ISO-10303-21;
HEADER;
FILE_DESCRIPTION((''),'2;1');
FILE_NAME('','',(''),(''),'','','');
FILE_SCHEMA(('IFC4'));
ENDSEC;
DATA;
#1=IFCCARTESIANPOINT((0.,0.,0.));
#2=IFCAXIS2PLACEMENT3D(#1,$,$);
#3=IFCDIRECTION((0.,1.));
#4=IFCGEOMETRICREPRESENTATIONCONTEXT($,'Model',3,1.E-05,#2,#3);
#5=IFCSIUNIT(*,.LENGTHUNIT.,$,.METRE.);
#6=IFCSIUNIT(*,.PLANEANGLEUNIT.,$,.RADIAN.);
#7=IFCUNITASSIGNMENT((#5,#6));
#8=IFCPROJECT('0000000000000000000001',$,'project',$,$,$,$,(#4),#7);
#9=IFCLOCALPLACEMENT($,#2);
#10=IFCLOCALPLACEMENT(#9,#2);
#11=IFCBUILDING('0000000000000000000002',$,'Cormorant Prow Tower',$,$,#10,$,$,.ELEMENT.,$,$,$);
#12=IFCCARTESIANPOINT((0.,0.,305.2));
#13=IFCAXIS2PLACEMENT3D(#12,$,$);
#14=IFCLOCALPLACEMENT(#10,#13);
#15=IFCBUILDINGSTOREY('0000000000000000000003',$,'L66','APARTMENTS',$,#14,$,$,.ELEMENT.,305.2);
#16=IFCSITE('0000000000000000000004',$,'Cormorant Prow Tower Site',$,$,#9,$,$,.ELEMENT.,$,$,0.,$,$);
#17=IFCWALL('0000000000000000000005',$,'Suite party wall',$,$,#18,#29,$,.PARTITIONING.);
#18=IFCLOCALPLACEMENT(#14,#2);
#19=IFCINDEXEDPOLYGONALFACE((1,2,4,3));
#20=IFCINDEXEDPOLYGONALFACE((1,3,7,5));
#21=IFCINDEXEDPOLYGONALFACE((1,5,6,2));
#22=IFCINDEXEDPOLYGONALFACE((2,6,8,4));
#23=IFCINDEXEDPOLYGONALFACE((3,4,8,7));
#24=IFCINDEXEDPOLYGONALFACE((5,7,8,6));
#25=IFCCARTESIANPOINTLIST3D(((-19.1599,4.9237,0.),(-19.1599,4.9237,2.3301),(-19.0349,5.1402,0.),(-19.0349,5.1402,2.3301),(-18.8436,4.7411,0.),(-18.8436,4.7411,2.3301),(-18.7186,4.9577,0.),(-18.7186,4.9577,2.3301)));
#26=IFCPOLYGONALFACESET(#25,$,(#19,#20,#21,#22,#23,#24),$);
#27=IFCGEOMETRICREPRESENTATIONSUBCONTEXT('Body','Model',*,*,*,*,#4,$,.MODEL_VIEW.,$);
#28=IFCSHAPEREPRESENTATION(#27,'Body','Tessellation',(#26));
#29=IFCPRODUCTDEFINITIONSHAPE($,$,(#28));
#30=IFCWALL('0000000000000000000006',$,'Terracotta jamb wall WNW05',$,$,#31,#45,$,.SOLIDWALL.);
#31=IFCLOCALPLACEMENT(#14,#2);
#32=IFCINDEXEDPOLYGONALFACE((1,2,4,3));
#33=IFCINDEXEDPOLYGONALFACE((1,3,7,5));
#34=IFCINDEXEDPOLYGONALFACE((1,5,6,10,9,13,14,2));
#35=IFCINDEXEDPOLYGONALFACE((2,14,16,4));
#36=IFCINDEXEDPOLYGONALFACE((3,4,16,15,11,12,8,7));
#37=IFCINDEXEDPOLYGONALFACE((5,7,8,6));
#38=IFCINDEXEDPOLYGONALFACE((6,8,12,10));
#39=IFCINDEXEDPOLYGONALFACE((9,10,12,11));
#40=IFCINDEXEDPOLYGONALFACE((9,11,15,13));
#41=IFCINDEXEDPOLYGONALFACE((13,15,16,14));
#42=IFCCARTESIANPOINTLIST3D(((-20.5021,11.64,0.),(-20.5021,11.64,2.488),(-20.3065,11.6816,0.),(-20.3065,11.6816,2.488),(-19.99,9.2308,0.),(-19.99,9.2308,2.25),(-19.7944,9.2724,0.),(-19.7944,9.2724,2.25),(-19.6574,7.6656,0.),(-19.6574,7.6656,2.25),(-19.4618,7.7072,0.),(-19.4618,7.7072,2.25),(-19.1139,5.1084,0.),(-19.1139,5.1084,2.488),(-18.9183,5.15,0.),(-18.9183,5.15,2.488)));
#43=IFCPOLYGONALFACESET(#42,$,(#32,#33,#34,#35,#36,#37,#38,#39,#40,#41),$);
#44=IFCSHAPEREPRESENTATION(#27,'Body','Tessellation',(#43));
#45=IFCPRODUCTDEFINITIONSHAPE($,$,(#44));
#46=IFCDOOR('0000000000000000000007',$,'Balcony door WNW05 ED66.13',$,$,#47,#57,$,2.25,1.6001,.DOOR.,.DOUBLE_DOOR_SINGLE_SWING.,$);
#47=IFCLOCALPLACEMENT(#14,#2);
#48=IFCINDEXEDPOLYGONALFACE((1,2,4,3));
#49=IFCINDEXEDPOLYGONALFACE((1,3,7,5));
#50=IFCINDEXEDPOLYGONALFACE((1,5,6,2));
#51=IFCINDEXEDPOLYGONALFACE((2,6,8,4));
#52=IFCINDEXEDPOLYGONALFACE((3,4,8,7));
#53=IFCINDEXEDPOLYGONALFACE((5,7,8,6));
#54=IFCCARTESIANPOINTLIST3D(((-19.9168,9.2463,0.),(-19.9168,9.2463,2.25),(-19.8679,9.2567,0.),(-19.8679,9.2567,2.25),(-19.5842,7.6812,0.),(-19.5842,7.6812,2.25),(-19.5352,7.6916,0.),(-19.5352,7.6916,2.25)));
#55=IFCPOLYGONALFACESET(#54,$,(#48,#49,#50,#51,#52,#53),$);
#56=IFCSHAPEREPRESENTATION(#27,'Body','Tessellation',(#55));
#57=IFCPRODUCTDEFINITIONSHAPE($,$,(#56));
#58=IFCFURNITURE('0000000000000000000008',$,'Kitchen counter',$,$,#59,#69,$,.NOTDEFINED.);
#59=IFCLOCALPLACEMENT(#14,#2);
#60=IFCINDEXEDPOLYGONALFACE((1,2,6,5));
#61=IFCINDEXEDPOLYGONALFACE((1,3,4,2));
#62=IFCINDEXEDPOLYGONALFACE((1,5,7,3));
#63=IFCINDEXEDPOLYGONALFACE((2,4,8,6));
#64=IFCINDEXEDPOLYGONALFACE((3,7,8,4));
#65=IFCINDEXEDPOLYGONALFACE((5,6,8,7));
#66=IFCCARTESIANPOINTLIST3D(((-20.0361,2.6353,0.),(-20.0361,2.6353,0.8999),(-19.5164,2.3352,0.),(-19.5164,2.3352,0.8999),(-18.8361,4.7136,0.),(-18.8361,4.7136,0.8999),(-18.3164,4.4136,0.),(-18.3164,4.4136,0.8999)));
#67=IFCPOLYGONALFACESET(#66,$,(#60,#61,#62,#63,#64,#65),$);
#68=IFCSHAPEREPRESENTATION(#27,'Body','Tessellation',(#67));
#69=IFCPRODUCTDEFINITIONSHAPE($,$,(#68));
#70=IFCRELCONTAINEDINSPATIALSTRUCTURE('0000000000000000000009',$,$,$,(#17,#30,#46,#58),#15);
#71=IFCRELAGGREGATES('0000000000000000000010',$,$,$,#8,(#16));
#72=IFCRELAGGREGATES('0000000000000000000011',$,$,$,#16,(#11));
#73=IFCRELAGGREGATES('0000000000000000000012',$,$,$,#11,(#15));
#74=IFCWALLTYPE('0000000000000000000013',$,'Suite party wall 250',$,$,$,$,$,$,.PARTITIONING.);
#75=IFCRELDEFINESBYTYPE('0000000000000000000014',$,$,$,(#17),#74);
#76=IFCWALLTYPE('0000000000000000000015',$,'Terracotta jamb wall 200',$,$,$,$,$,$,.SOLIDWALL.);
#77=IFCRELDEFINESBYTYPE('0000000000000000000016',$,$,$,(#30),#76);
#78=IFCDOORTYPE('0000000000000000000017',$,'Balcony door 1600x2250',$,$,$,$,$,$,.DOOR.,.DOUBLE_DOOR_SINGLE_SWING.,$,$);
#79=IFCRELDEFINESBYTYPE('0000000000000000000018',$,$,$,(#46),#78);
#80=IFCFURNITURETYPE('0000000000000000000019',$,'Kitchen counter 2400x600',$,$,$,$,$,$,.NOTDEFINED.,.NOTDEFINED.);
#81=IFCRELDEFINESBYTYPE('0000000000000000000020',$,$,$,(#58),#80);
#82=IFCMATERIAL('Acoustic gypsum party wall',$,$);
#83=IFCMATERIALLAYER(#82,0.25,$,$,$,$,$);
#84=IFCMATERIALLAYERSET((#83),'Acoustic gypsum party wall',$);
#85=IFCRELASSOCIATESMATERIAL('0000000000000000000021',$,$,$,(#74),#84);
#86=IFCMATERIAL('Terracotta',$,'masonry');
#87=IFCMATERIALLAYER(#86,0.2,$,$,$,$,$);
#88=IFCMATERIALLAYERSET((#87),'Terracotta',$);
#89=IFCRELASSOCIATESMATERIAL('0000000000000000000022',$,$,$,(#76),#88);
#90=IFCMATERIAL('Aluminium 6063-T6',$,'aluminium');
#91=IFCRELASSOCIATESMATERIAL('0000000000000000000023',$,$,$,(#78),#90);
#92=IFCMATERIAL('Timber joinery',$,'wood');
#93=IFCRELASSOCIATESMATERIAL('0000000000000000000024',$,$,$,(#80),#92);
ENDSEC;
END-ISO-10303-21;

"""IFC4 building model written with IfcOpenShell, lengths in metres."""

from ifc_helpers import new_model, si_unit, direction, frame, frame_2d, origin, origin_2d, place, context, subcontext, project, spatial, rectangle, extrude, material, layer, layer_set, type_object, element, fill, save


model = new_model("IFC4")

# Units and contexts
model_context = context("Model", 3, precision=1e-05, world=origin(), true_north=direction((0.0, 1.0)))
body_context = subcontext(model_context, "Body", "Model", "MODEL_VIEW")
ifc_project = project(units=[si_unit("LENGTHUNIT", "METRE"), si_unit("PLANEANGLEUNIT", "RADIAN")], contexts=[model_context])

# Site, building, storey
site_placement = place(None, origin())
site = spatial("IfcSite", under=ifc_project, at=site_placement, Name="Cormorant Prow Tower Site", CompositionType="ELEMENT", RefElevation=0.0)
building_placement = place(site_placement, origin())
building = spatial("IfcBuilding", under=site, at=building_placement, Name="Cormorant Prow Tower", CompositionType="ELEMENT")
storey_placement = place(building_placement, frame((0.0, 0.0, 305.2)))
storey = spatial("IfcBuildingStorey", under=building, at=storey_placement, Name="L66", Description="APARTMENTS", CompositionType="ELEMENT", Elevation=305.2)

# Wall
ifc_material_1 = material(Name="Acoustic gypsum party wall")
ifc_layer_1 = layer(ifc_material_1, 0.25)
ifc_layer_set_1 = layer_set([ifc_layer_1], Name="Acoustic gypsum party wall")
wall_type_1 = type_object("IfcWallType", Name="Suite party wall 250", PredefinedType="PARTITIONING", material=ifc_layer_set_1)
wall_1_placement = place(storey_placement, frame((-19.0974, 5.032, 0.0), z_axis=(0.0, 0.0, 1.0), x_axis=(0.866097, -0.499877, 0.0)))
element("IfcWall", 1, at=wall_1_placement, inside=storey, type_object=wall_type_1, Name="Suite party wall", PredefinedType="PARTITIONING", context=body_context, shape_type="SweptSolid", body=[
    extrude(rectangle(XDim=0.3652, YDim=0.25, at=frame_2d((0.1826, 0.0))), origin(), (0.0, 0.0, 1.0), 2.3301),
])

# Wall, opening, door
ifc_material_2 = material(Name="Terracotta", Category="masonry")
ifc_layer_2 = layer(ifc_material_2, 0.2)
ifc_layer_set_2 = layer_set([ifc_layer_2], Name="Terracotta")
wall_type_2 = type_object("IfcWallType", Name="Terracotta jamb wall 200", PredefinedType="SOLIDWALL", material=ifc_layer_set_2)
wall_2_placement = place(storey_placement, frame((-20.4043, 11.6609, 0.0), z_axis=(0.0, 0.0, 1.0), x_axis=(0.207893, -0.978152, 0.0)))
wall_2 = element("IfcWall", 2, at=wall_2_placement, inside=storey, type_object=wall_type_2, Name="Terracotta jamb wall WNW05", PredefinedType="SOLIDWALL", context=body_context, shape_type="SweptSolid", body=[
    extrude(rectangle(XDim=6.6775, YDim=0.2, at=frame_2d((3.3389, 0.0))), origin(), (0.0, 0.0, 1.0), 2.488),
])
opening_1_placement = place(wall_2_placement, frame((2.4631, 0.0, 0.0)))
opening_1 = element("IfcOpeningElement", 3, at=opening_1_placement, cuts=wall_2, PredefinedType="OPENING", context=body_context, shape_type="SweptSolid", body=[
    extrude(rectangle(XDim=1.6001, YDim=2.25, at=frame_2d((0.8, 1.125))), frame((0.0, 0.1099, 0.0), z_axis=(0.0, -1.0, 0.0), x_axis=(1.0, 0.0, 0.0)), (0.0, 0.0, 1.0), 0.22),
])
ifc_material_3 = material(Name="Aluminium 6063-T6", Category="aluminium")
door_type_1 = type_object("IfcDoorType", Name="Balcony door 1600x2250", OperationType="DOUBLE_DOOR_SINGLE_SWING", PredefinedType="DOOR", material=ifc_material_3)
door_1_placement = place(opening_1_placement, origin())
door_1 = element("IfcDoor", 4, at=door_1_placement, inside=storey, type_object=door_type_1, Name="Balcony door WNW05 ED66.13", OperationType="DOUBLE_DOOR_SINGLE_SWING", OverallHeight=2.25, OverallWidth=1.6001, PredefinedType="DOOR", context=body_context, shape_type="SweptSolid", body=[
    extrude(rectangle(XDim=1.6001, YDim=2.25, at=frame_2d((0.8, 1.125))), frame((0.0, 0.0249, 0.0), z_axis=(0.0, -1.0, 0.0), x_axis=(1.0, 0.0, 0.0)), (0.0, 0.0, 1.0), 0.05),
])
fill(opening_1, door_1)

# Furniture
ifc_material_4 = material(Name="Timber joinery", Category="wood")
furniture_type = type_object("IfcFurnitureType", Name="Kitchen counter 2400x600", AssemblyPlace="NOTDEFINED", PredefinedType="NOTDEFINED", material=ifc_material_4)
furniture_placement = place(storey_placement, frame((-19.1763, 3.5244, 0.0), z_axis=(0.0, 0.0, 1.0), x_axis=(-0.5, -0.866025, 0.0)))
element("IfcFurniture", 5, at=furniture_placement, inside=storey, type_object=furniture_type, Name="Kitchen counter", PredefinedType="NOTDEFINED", context=body_context, shape_type="SweptSolid", body=[
    extrude(rectangle(XDim=2.3999, YDim=0.6001, at=origin_2d()), origin(), (0.0, 0.0, 1.0), 0.8999),
])

save(model, "model.ifc")
